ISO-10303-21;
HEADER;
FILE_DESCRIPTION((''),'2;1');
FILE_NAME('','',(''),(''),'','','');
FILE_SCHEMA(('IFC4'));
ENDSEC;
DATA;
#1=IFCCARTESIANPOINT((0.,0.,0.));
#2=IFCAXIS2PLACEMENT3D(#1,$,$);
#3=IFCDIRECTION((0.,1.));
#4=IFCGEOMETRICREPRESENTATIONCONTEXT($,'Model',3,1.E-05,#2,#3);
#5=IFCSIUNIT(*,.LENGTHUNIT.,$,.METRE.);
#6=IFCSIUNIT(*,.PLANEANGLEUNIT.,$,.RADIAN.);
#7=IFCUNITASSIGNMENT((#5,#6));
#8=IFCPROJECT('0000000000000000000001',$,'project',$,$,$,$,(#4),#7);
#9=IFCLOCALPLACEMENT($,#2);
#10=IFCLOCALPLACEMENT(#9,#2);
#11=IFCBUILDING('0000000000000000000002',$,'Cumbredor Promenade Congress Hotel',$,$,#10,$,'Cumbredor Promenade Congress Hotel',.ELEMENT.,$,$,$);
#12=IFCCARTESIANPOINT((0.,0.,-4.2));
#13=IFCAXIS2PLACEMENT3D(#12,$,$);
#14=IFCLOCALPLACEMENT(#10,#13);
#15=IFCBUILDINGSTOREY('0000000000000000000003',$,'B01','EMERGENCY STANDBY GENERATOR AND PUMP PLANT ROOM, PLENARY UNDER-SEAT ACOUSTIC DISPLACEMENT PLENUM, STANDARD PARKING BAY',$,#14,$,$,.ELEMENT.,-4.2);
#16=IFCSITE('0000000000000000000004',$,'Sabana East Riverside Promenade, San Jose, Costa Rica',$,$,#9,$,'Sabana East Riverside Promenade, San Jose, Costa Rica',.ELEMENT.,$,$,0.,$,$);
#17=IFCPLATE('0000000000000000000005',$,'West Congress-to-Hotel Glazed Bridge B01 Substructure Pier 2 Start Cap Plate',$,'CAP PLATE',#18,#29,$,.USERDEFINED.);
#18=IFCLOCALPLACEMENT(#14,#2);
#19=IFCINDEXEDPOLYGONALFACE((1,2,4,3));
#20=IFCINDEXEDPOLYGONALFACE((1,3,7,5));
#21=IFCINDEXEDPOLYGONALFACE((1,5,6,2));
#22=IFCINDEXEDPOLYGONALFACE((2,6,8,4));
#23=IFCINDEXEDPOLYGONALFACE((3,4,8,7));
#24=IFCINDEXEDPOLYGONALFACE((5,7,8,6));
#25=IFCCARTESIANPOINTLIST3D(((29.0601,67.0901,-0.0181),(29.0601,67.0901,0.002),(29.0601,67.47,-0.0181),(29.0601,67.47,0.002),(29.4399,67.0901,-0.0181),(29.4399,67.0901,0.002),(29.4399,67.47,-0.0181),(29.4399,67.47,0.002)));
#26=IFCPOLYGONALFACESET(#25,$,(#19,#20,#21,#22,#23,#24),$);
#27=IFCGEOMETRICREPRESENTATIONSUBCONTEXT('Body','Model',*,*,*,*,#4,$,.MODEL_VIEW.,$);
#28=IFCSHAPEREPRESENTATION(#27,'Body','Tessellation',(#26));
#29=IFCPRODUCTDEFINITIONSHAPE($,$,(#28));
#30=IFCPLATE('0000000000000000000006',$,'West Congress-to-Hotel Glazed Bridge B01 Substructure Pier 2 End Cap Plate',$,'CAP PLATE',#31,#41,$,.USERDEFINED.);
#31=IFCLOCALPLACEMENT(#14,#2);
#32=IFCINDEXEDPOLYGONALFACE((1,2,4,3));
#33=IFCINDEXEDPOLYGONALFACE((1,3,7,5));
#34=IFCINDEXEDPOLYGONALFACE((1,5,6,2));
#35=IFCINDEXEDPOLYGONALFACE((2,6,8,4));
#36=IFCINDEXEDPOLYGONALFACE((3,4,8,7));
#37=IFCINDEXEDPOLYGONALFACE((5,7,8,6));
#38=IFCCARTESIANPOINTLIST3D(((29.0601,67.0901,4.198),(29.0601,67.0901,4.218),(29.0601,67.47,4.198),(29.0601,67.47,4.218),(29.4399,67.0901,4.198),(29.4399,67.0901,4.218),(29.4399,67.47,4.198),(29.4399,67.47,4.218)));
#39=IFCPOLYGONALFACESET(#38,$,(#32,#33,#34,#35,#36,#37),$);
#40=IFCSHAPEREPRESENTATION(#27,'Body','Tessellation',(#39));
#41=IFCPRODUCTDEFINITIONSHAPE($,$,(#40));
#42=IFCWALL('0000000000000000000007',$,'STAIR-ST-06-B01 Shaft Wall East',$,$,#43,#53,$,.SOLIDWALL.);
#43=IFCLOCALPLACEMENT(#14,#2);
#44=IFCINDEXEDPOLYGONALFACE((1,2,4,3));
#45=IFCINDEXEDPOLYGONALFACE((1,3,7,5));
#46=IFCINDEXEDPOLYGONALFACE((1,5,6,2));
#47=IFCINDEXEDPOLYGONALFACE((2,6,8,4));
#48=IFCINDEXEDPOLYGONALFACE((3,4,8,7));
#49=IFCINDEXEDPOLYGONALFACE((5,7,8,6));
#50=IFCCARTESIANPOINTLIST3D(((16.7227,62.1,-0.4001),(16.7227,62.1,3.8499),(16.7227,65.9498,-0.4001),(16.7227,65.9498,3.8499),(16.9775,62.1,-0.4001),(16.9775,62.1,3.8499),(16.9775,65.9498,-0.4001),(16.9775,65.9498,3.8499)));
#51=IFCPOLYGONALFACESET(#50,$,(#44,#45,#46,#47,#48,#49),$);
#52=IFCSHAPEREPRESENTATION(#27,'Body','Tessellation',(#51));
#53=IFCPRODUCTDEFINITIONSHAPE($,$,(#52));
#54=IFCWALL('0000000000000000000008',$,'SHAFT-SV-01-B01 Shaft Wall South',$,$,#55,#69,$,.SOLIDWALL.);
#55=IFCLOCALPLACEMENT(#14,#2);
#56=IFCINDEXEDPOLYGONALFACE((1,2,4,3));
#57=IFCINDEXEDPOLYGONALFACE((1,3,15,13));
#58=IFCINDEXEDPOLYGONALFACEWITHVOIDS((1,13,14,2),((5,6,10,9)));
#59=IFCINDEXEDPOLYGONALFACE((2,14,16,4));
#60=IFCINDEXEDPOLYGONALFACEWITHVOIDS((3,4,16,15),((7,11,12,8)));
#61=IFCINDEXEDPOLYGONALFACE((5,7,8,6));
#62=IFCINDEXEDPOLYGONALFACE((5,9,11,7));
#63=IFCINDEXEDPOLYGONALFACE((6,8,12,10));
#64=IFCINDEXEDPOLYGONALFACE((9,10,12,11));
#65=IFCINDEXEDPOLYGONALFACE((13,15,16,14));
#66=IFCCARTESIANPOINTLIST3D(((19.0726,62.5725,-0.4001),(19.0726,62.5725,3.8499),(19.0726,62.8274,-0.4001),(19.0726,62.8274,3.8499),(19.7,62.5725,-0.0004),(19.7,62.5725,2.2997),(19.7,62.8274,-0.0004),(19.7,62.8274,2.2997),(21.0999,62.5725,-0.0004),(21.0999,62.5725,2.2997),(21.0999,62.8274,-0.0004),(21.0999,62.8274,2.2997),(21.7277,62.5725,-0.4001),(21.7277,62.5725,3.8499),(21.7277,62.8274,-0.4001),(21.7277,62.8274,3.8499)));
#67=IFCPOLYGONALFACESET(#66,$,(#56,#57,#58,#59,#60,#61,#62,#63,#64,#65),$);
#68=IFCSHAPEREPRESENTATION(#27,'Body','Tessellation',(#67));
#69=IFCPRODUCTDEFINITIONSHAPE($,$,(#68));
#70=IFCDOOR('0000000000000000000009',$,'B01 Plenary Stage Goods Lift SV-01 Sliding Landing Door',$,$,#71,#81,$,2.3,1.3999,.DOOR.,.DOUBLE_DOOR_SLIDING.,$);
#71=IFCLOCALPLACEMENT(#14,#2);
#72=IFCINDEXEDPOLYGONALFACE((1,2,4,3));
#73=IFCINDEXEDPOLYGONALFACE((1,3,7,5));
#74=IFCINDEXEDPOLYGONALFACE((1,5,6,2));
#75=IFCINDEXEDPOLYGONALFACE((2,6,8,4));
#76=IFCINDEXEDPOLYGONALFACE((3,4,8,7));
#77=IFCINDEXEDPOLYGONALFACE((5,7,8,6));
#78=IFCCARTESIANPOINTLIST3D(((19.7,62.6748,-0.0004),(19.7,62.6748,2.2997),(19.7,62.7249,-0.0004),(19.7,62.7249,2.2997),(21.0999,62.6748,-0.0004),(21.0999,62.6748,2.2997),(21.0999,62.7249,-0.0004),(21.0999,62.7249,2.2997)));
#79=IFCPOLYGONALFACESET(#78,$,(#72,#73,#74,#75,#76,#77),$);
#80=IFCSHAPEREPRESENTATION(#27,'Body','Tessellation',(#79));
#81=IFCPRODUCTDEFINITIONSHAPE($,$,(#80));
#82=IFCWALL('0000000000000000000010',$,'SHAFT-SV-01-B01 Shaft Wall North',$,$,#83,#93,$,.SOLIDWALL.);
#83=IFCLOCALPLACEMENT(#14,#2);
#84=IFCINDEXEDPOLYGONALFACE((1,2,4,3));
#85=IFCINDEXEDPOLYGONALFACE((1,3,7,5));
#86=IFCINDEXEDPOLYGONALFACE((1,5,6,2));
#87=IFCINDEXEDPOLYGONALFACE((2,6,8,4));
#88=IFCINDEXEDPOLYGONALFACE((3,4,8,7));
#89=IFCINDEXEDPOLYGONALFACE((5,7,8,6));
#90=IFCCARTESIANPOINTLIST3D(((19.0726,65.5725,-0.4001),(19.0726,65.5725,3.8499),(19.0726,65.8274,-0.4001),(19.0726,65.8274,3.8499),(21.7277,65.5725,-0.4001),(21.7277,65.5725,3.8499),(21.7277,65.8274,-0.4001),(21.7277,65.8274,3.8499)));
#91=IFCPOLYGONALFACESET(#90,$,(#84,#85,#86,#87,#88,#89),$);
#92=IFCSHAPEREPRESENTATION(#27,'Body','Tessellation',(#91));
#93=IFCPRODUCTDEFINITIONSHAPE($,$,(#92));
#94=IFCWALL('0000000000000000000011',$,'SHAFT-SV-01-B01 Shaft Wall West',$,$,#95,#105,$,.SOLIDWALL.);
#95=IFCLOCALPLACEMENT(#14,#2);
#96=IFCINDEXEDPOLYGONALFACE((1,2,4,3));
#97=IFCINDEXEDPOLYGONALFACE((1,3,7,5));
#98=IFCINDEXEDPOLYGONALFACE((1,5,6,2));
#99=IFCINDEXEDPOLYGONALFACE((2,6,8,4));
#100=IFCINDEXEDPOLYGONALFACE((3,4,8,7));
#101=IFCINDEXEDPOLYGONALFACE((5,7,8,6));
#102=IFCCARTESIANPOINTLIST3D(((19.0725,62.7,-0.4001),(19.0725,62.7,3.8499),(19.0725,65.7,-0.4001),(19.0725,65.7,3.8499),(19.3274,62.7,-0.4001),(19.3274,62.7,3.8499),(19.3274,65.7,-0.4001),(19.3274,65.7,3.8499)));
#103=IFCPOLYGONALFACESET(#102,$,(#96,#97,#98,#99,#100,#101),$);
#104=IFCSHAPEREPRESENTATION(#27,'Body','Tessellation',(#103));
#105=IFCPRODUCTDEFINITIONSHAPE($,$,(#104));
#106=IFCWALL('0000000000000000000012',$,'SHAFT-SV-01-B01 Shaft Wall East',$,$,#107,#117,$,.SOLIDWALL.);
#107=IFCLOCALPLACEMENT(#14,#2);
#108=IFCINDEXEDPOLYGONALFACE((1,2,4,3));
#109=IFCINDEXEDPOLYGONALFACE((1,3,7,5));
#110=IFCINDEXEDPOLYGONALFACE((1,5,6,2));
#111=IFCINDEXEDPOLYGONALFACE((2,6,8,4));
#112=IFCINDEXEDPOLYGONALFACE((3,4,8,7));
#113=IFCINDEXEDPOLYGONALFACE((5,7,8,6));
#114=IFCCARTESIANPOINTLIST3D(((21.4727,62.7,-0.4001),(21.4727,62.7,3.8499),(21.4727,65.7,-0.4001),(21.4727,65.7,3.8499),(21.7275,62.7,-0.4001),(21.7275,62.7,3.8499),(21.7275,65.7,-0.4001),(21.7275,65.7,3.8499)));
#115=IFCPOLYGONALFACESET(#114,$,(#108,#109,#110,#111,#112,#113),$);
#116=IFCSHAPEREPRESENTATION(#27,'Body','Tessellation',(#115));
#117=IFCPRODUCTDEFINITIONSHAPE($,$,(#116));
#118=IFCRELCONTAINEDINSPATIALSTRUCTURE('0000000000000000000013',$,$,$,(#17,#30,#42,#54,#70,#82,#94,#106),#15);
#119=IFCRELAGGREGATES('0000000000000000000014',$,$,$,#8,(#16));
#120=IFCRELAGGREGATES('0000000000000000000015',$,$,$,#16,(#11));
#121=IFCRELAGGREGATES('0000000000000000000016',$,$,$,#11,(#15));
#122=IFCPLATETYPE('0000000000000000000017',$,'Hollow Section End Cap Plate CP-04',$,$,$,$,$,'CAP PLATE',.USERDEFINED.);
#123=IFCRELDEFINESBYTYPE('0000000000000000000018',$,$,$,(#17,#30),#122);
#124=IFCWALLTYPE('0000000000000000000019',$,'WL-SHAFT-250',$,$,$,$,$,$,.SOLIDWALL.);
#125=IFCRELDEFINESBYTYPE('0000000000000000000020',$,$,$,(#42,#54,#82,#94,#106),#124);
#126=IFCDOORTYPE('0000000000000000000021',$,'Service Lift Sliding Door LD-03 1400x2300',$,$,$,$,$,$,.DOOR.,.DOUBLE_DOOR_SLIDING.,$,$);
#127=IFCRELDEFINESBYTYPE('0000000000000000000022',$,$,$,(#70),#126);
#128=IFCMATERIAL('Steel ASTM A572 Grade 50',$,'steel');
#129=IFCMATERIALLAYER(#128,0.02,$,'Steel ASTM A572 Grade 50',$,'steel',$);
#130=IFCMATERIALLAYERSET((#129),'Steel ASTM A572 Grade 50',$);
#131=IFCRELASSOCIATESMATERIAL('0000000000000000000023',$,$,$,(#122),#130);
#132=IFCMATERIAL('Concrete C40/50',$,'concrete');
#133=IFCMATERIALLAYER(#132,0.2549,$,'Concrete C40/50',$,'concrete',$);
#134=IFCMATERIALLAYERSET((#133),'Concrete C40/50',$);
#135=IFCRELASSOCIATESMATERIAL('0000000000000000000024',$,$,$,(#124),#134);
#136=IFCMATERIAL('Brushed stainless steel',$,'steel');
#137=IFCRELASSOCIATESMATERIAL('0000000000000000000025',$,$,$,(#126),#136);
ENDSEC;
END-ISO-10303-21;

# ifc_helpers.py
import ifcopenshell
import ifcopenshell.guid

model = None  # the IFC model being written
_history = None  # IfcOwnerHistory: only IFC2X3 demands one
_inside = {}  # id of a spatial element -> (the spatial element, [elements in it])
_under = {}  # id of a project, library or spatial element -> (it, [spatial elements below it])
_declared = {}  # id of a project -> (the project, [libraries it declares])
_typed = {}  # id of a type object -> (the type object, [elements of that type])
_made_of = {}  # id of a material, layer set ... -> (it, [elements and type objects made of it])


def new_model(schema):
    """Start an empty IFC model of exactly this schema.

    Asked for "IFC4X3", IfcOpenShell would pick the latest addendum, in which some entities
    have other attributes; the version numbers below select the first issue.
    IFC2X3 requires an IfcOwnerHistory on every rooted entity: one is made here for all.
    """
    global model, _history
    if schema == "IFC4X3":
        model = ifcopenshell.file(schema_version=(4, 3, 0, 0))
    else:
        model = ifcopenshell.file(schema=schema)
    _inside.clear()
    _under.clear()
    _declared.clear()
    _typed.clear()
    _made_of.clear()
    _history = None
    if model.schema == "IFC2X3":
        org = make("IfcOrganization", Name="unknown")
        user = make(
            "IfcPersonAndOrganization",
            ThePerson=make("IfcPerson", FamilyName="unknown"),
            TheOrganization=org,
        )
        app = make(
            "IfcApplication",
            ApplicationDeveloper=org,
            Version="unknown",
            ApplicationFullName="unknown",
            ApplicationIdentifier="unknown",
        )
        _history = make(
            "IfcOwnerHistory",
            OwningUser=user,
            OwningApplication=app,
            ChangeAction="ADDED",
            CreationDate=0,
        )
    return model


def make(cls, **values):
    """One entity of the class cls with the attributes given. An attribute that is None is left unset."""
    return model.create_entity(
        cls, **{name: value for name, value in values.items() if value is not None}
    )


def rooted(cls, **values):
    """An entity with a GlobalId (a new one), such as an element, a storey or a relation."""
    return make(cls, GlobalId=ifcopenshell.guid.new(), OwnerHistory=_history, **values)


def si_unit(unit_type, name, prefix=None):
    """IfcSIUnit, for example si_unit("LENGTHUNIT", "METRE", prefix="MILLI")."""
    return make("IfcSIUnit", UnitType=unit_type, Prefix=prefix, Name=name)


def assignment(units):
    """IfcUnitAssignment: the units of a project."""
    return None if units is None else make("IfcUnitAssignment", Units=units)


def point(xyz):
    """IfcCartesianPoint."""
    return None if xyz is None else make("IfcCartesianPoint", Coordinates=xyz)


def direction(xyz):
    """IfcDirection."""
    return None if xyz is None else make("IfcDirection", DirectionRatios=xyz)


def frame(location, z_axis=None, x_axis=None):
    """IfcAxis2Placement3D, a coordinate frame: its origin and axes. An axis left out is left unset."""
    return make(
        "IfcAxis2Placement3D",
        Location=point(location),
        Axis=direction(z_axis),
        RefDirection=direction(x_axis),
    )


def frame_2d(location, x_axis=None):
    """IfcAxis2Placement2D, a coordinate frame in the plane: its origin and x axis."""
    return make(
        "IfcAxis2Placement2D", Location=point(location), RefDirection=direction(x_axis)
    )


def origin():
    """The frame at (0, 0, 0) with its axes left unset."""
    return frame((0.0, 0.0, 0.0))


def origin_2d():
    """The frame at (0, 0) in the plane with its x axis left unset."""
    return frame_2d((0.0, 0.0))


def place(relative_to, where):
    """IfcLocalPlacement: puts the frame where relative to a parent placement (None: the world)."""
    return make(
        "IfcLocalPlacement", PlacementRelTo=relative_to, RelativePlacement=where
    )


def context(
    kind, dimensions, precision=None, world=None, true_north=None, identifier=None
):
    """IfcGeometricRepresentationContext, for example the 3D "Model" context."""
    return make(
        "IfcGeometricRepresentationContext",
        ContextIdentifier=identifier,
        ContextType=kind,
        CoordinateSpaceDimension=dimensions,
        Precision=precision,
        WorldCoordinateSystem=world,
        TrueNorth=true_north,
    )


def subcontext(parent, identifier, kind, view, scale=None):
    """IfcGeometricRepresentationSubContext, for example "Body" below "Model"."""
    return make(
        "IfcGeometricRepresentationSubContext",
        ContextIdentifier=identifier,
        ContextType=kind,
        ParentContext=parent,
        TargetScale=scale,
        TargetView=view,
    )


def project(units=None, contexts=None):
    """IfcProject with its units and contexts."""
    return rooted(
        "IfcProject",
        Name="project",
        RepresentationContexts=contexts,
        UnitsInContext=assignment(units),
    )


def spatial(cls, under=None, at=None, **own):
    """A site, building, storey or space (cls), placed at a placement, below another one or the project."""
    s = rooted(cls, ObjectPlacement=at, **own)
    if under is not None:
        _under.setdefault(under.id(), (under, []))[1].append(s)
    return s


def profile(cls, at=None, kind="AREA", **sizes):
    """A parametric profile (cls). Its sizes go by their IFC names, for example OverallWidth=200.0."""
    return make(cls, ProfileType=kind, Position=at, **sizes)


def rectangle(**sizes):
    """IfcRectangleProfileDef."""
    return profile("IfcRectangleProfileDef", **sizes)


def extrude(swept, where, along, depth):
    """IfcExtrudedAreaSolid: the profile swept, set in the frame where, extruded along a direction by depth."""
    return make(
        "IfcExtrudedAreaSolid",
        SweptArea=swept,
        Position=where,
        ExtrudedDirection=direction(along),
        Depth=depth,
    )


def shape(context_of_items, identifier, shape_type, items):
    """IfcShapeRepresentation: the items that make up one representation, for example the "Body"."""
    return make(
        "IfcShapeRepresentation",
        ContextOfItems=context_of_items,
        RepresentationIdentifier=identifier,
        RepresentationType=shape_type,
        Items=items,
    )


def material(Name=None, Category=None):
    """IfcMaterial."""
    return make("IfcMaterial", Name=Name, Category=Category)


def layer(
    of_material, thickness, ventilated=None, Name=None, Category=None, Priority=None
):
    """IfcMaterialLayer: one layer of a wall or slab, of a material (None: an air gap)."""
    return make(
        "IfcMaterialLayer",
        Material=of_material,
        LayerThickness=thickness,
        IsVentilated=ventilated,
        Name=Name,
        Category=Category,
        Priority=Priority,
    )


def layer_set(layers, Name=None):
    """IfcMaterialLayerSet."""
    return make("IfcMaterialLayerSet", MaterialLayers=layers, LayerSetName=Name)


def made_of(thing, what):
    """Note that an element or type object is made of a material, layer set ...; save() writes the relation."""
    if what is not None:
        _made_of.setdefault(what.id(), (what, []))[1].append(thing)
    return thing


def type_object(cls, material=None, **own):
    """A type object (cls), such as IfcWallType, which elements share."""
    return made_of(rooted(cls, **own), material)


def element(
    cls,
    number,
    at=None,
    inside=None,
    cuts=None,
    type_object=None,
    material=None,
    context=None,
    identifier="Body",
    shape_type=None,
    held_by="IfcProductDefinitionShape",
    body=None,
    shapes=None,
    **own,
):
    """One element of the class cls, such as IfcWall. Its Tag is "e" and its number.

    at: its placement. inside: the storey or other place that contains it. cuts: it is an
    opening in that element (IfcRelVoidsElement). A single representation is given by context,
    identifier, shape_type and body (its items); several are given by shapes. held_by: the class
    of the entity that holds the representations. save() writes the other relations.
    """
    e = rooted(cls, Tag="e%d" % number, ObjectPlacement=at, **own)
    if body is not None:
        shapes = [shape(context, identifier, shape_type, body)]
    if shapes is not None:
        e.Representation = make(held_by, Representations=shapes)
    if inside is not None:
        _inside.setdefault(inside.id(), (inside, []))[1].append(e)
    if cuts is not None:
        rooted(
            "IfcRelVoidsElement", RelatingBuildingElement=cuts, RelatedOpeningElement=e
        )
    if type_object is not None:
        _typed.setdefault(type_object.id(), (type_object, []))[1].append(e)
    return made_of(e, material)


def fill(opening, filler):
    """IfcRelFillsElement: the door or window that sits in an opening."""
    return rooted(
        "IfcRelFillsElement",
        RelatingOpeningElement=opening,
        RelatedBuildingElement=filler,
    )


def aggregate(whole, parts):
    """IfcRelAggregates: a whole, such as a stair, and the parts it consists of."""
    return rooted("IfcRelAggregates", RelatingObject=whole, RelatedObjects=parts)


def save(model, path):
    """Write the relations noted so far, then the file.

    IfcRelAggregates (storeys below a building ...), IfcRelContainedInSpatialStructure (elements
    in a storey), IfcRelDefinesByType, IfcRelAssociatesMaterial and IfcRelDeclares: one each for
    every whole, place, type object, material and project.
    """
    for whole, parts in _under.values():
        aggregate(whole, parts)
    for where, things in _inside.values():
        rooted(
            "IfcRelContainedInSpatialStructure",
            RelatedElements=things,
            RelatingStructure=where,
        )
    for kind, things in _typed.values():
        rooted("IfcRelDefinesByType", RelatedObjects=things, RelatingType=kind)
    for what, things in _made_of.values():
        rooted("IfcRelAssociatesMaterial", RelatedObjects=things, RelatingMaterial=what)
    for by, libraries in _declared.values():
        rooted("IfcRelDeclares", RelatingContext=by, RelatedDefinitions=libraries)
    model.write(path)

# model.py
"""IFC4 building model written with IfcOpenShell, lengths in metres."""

from ifc_helpers import new_model, si_unit, direction, frame, frame_2d, origin, origin_2d, place, context, subcontext, project, spatial, rectangle, extrude, material, layer, layer_set, type_object, element, fill, save


model = new_model("IFC4")

# Units and contexts
model_context = context("Model", 3, precision=1e-05, world=origin(), true_north=direction((0.0, 1.0)))
body_context = subcontext(model_context, "Body", "Model", "MODEL_VIEW")
ifc_project = project(units=[si_unit("LENGTHUNIT", "METRE"), si_unit("PLANEANGLEUNIT", "RADIAN")], contexts=[model_context])

# Site, building, storey
site_placement = place(None, origin())
site = spatial("IfcSite", under=ifc_project, at=site_placement, Name="Sabana East Riverside Promenade, San Jose, Costa Rica", LongName="Sabana East Riverside Promenade, San Jose, Costa Rica", CompositionType="ELEMENT", RefElevation=0.0)
building_placement = place(site_placement, origin())
building = spatial("IfcBuilding", under=site, at=building_placement, Name="Cumbredor Promenade Congress Hotel", LongName="Cumbredor Promenade Congress Hotel", CompositionType="ELEMENT")
storey_placement = place(building_placement, frame((0.0, 0.0, -4.2)))
storey = spatial("IfcBuildingStorey", under=building, at=storey_placement, Name="B01", Description="EMERGENCY STANDBY GENERATOR AND PUMP PLANT ROOM, PLENARY UNDER-SEAT ACOUSTIC DISPLACEMENT PLENUM, STANDARD PARKING BAY", CompositionType="ELEMENT", Elevation=-4.2)

# Shared definitions
ifc_material_1 = material(Name="Concrete C40/50", Category="concrete")

# Plates
ifc_material_2 = material(Name="Steel ASTM A572 Grade 50", Category="steel")
ifc_layer_1 = layer(ifc_material_2, 0.02, Name="Steel ASTM A572 Grade 50", Category="steel")
ifc_layer_set_1 = layer_set([ifc_layer_1], Name="Steel ASTM A572 Grade 50")
plate_type = type_object("IfcPlateType", Name="Hollow Section End Cap Plate CP-04", ElementType="CAP PLATE", PredefinedType="USERDEFINED", material=ifc_layer_set_1)
for number, where, z_axis, x_axis, name in (
    (1, (29.25, 67.28, -0.0181), (0.0, 0.0, 1.0), (1.0, 0.0, 0.0), "West Congress-to-Hotel Glazed Bridge B01 Substructure Pier 2 Start Cap Plate"),
    (2, (29.25, 67.28, 4.198), (0.0, 0.0, 1.0), (1.0, 0.0, 0.0), "West Congress-to-Hotel Glazed Bridge B01 Substructure Pier 2 End Cap Plate"),
):
    element("IfcPlate", number, at=place(storey_placement, frame(where, z_axis=z_axis, x_axis=x_axis)), inside=storey, type_object=plate_type, Name=name, ObjectType="CAP PLATE", PredefinedType="USERDEFINED", context=body_context, shape_type="SweptSolid", body=[
        extrude(rectangle(XDim=0.3799, YDim=0.3799, at=origin_2d()), origin(), (0.0, 0.0, 1.0), 0.02),
    ])

# Wall
ifc_layer_2 = layer(ifc_material_1, 0.2549, Name="Concrete C40/50", Category="concrete")
ifc_layer_set_2 = layer_set([ifc_layer_2], Name="Concrete C40/50")
wall_type = type_object("IfcWallType", Name="WL-SHAFT-250", PredefinedType="SOLIDWALL", material=ifc_layer_set_2)
wall_1_placement = place(storey_placement, frame((16.8501, 62.1001, -0.4001), z_axis=(0.0, 0.0, 1.0), x_axis=(0.0, 1.0, 0.0)))
element("IfcWall", 3, at=wall_1_placement, inside=storey, type_object=wall_type, Name="STAIR-ST-06-B01 Shaft Wall East", PredefinedType="SOLIDWALL", context=body_context, shape_type="SweptSolid", body=[
    extrude(rectangle(XDim=3.8499, YDim=0.2549, at=frame_2d((1.9248, 0.0))), origin(), (0.0, 0.0, 1.0), 4.25),
])

# Wall, opening, door
wall_2_placement = place(storey_placement, frame((19.0725, 62.7, -0.4001), z_axis=(0.0, 0.0, 1.0), x_axis=(1.0, 0.0, 0.0)))
wall_2 = element("IfcWall", 4, at=wall_2_placement, inside=storey, type_object=wall_type, Name="SHAFT-SV-01-B01 Shaft Wall South", PredefinedType="SOLIDWALL", context=body_context, shape_type="SweptSolid", body=[
    extrude(rectangle(XDim=2.655, YDim=0.2549, at=frame_2d((1.3276, 0.0))), origin(), (0.0, 0.0, 1.0), 4.25),
])
opening_placement = place(wall_2_placement, frame((0.6274, 0.0, 0.3999)))
opening = element("IfcOpeningElement", 5, at=opening_placement, cuts=wall_2, PredefinedType="OPENING", context=body_context, shape_type="SweptSolid", body=[
    extrude(rectangle(XDim=1.3999, YDim=2.3, at=frame_2d((0.7, 1.1499))), frame((0.0, 0.1375, 0.0), z_axis=(0.0, -1.0, 0.0), x_axis=(1.0, 0.0, 0.0)), (0.0, 0.0, 1.0), 0.2749),
])
ifc_material_3 = material(Name="Brushed stainless steel", Category="steel")
door_type = type_object("IfcDoorType", Name="Service Lift Sliding Door LD-03 1400x2300", OperationType="DOUBLE_DOOR_SLIDING", PredefinedType="DOOR", material=ifc_material_3)
door_placement = place(opening_placement, origin())
door = element("IfcDoor", 6, at=door_placement, inside=storey, type_object=door_type, Name="B01 Plenary Stage Goods Lift SV-01 Sliding Landing Door", OperationType="DOUBLE_DOOR_SLIDING", OverallHeight=2.3, OverallWidth=1.3999, PredefinedType="DOOR", context=body_context, shape_type="SweptSolid", body=[
    extrude(rectangle(XDim=1.3999, YDim=2.3, at=frame_2d((0.7, 1.1499))), frame((0.0, 0.0249, 0.0), z_axis=(0.0, -1.0, 0.0), x_axis=(1.0, 0.0, 0.0)), (0.0, 0.0, 1.0), 0.05),
])
fill(opening, door)

# Walls
wall_3_placement = place(storey_placement, frame((19.0725, 65.7, -0.4001), z_axis=(0.0, 0.0, 1.0), x_axis=(1.0, 0.0, 0.0)))
element("IfcWall", 7, at=wall_3_placement, inside=storey, type_object=wall_type, Name="SHAFT-SV-01-B01 Shaft Wall North", PredefinedType="SOLIDWALL", context=body_context, shape_type="SweptSolid", body=[
    extrude(rectangle(XDim=2.655, YDim=0.2549, at=frame_2d((1.3276, 0.0))), origin(), (0.0, 0.0, 1.0), 4.25),
])
for number, where, z_axis, x_axis, name in (
    (8, (19.2, 62.7, -0.4001), (0.0, 0.0, 1.0), (0.0, 1.0, 0.0), "SHAFT-SV-01-B01 Shaft Wall West"),
    (9, (21.6001, 62.7, -0.4001), (0.0, 0.0, 1.0), (0.0, 1.0, 0.0), "SHAFT-SV-01-B01 Shaft Wall East"),
):
    element("IfcWall", number, at=place(storey_placement, frame(where, z_axis=z_axis, x_axis=x_axis)), inside=storey, type_object=wall_type, Name=name, PredefinedType="SOLIDWALL", context=body_context, shape_type="SweptSolid", body=[
        extrude(rectangle(XDim=3.0, YDim=0.2549, at=frame_2d((1.5, 0.0))), origin(), (0.0, 0.0, 1.0), 4.25),
    ])

save(model, "model.ifc")
